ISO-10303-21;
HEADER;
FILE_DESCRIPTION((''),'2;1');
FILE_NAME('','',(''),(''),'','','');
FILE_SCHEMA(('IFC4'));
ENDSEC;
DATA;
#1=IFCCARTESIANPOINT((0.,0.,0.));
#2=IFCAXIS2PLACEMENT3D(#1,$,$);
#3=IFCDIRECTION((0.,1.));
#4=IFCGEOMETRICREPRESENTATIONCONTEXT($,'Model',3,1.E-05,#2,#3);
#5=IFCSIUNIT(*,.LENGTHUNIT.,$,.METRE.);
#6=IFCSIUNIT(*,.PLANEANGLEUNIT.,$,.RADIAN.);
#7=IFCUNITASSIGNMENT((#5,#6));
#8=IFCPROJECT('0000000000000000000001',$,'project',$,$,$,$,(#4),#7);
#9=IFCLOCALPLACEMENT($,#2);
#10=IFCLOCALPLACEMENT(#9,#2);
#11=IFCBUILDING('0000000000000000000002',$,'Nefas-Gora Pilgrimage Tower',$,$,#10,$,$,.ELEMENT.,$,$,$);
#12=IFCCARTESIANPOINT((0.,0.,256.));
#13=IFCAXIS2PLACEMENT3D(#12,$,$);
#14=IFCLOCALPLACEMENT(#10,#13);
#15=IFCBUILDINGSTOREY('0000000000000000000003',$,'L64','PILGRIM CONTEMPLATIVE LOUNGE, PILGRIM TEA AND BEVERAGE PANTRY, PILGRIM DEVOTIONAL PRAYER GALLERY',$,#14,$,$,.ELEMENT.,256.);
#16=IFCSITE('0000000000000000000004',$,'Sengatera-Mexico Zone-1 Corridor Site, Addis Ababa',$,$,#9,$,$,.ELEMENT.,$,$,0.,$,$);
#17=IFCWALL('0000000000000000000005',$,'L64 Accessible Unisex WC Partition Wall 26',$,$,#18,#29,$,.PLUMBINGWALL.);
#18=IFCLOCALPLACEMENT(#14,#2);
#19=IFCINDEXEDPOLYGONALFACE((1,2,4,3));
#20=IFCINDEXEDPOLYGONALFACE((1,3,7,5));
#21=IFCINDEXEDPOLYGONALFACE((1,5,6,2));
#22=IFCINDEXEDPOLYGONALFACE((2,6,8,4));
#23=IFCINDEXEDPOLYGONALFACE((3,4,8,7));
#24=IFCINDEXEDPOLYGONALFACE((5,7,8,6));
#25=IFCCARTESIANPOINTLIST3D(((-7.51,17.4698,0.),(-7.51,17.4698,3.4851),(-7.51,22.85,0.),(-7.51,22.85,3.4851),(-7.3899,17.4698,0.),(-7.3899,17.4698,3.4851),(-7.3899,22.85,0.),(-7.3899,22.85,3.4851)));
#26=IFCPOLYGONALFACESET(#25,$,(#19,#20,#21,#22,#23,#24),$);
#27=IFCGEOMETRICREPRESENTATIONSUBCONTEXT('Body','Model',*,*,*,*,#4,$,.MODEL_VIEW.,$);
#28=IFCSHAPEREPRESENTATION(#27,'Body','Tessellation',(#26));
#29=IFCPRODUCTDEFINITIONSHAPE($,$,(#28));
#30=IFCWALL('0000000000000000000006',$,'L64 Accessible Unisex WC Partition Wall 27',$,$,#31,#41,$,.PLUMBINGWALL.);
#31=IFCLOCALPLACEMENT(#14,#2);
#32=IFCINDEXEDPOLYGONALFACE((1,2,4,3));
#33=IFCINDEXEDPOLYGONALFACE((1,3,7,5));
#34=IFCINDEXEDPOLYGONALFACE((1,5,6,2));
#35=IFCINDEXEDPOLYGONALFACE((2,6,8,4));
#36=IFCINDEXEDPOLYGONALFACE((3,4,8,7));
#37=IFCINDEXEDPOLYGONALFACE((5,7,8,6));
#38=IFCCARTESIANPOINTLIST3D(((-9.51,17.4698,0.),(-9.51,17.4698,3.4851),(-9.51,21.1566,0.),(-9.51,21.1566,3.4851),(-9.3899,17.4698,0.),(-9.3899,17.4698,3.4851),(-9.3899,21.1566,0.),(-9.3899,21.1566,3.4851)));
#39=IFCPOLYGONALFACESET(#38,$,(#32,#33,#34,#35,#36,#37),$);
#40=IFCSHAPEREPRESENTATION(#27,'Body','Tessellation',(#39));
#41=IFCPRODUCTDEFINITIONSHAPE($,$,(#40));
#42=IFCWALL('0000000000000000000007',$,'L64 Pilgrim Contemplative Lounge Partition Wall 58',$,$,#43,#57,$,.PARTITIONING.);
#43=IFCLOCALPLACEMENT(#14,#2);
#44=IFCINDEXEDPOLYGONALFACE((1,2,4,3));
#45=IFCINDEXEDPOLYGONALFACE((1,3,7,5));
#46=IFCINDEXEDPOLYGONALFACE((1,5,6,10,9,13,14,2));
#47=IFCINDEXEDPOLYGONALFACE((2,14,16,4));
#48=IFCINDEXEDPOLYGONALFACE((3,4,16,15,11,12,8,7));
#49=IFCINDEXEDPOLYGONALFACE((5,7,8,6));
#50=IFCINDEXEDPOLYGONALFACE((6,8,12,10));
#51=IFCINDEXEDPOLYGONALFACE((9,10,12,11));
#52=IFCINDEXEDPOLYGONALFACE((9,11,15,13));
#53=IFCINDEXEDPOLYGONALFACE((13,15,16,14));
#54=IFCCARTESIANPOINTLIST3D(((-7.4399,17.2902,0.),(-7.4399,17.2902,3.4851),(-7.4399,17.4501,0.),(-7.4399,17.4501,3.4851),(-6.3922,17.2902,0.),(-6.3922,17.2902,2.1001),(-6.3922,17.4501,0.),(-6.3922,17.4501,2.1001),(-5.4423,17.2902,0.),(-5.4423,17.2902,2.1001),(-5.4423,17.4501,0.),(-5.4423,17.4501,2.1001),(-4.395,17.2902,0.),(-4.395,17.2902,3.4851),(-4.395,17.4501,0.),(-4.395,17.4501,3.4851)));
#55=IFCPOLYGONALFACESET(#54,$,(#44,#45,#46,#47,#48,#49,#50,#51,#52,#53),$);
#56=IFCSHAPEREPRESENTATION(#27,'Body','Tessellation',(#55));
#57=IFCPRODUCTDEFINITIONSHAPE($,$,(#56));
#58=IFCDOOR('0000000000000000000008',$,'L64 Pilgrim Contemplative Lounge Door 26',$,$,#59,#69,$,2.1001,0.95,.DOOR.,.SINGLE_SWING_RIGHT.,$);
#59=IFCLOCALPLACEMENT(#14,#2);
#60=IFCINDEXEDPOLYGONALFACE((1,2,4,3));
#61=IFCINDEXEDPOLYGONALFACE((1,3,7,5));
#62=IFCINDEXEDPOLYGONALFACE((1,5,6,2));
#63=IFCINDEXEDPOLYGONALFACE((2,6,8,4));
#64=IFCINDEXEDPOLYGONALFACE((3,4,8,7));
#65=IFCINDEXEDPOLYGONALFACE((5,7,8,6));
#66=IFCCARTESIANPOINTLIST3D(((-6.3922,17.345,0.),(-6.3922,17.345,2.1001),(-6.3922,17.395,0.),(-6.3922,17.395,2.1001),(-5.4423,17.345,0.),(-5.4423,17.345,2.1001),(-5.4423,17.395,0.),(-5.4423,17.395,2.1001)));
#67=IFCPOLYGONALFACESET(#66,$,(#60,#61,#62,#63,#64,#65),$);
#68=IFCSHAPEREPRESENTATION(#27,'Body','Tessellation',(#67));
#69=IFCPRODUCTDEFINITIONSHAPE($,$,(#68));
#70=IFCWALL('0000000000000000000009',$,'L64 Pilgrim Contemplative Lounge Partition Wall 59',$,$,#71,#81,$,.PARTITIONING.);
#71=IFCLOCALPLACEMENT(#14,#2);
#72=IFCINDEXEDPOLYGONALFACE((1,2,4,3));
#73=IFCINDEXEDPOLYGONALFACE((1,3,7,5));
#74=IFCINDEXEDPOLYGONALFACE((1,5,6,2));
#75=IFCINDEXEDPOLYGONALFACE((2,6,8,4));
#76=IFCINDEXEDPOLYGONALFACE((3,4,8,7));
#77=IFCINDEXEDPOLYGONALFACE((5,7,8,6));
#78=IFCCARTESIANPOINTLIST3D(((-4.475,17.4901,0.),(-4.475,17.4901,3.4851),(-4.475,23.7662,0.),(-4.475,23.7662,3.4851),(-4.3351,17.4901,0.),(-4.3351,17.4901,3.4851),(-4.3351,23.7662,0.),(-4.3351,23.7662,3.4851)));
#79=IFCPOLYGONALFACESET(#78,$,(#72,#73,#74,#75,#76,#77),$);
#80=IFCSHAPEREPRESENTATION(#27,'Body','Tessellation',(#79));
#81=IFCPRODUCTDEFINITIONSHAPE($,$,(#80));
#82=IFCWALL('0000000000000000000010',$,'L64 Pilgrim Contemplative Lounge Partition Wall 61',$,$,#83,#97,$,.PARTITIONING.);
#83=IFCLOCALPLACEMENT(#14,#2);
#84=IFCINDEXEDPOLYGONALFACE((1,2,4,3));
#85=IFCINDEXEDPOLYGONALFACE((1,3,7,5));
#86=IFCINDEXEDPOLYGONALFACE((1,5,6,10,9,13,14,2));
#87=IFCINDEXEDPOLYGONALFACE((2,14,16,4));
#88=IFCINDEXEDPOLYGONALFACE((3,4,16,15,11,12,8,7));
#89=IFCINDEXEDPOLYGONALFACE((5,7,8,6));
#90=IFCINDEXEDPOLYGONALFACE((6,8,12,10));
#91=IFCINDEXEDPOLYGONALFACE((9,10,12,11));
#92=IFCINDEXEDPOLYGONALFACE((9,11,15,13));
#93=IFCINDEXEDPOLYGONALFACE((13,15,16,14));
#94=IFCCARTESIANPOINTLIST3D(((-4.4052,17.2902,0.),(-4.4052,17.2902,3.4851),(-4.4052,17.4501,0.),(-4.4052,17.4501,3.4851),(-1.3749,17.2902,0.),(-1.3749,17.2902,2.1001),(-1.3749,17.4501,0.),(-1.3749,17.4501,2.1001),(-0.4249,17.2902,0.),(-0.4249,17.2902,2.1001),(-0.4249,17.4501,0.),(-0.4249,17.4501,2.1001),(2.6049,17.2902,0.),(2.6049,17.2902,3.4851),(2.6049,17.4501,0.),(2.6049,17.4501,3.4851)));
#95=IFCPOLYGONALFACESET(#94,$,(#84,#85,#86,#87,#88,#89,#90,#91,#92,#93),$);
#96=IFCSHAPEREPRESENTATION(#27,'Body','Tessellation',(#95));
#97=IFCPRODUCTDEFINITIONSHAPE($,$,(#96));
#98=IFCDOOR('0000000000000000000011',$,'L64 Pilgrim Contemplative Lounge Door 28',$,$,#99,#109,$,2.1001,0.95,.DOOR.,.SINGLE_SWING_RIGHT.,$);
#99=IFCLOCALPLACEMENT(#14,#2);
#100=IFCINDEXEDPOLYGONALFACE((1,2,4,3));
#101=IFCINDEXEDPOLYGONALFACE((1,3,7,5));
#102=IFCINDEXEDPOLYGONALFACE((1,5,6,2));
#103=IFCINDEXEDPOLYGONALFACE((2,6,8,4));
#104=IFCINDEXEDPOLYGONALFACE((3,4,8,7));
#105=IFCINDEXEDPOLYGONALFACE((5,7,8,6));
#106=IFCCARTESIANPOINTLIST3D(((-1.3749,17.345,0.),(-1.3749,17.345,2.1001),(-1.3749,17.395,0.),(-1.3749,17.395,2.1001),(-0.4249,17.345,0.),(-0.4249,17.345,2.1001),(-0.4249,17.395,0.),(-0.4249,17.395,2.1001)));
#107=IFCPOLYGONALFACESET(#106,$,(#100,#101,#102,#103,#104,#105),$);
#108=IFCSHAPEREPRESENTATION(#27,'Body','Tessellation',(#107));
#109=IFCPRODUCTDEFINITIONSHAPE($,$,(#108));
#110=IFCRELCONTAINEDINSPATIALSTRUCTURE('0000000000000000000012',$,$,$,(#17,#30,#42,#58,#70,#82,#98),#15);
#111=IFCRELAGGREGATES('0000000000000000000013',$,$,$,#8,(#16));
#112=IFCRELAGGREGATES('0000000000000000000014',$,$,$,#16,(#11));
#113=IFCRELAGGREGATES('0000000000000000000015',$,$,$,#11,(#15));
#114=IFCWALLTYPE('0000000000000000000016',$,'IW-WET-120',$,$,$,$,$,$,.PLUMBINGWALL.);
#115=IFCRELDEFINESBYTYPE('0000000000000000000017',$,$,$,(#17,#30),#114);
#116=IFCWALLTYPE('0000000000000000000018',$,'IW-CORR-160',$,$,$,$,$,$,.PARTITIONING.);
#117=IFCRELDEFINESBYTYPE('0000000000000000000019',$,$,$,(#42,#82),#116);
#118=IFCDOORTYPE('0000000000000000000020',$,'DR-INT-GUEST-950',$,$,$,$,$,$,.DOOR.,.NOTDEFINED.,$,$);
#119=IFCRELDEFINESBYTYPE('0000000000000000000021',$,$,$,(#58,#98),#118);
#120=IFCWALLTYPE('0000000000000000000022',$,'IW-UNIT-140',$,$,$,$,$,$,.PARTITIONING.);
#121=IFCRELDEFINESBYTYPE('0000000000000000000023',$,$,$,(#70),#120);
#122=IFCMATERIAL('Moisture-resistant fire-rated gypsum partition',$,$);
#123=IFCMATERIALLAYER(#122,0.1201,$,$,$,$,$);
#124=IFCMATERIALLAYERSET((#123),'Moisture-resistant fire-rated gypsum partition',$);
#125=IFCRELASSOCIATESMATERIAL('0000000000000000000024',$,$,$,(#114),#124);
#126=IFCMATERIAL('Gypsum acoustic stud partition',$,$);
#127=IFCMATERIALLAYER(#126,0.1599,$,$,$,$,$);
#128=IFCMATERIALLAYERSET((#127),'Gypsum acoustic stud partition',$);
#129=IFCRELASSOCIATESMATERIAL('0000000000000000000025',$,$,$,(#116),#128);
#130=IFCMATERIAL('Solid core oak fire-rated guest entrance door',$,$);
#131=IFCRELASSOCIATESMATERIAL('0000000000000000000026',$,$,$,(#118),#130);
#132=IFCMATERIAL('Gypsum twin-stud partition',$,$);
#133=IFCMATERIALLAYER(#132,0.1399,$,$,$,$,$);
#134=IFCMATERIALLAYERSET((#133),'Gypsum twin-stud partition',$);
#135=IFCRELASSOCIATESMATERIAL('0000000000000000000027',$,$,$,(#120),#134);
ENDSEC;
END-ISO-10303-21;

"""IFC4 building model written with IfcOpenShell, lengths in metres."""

from ifc_helpers import new_model, si_unit, direction, frame, frame_2d, origin, place, context, subcontext, project, spatial, rectangle, extrude, source, transform, mapped, material, layer, layer_set, type_object, element, fill, save


model = new_model("IFC4")

# Units and contexts
model_context = context("Model", 3, precision=1e-05, world=origin(), true_north=direction((0.0, 1.0)))
body_context = subcontext(model_context, "Body", "Model", "MODEL_VIEW")
ifc_project = project(units=[si_unit("LENGTHUNIT", "METRE"), si_unit("PLANEANGLEUNIT", "RADIAN")], contexts=[model_context])

# Site, building, storey
site_placement = place(None, origin())
site = spatial("IfcSite", under=ifc_project, at=site_placement, Name="Sengatera-Mexico Zone-1 Corridor Site, Addis Ababa", CompositionType="ELEMENT", RefElevation=0.0)
building_placement = place(site_placement, origin())
building = spatial("IfcBuilding", under=site, at=building_placement, Name="Nefas-Gora Pilgrimage Tower", CompositionType="ELEMENT")
storey_placement = place(building_placement, frame((0.0, 0.0, 256.0)))
storey = spatial("IfcBuildingStorey", under=building, at=storey_placement, Name="L64", Description="PILGRIM CONTEMPLATIVE LOUNGE, PILGRIM TEA AND BEVERAGE PANTRY, PILGRIM DEVOTIONAL PRAYER GALLERY", CompositionType="ELEMENT", Elevation=256.0)

# Shared definitions
ifc_material_1 = material(Name="Moisture-resistant fire-rated gypsum partition")
ifc_layer_1 = layer(ifc_material_1, 0.1201)
ifc_layer_set_1 = layer_set([ifc_layer_1], Name="Moisture-resistant fire-rated gypsum partition")
wall_type_1 = type_object("IfcWallType", Name="IW-WET-120", PredefinedType="PLUMBINGWALL", material=ifc_layer_set_1)

# Walls
shared_shape_1 = source(origin(), body_context, "Body", "SweptSolid", [
    extrude(rectangle(XDim=5.3801, YDim=0.1201, at=frame_2d((2.6899, 0.0))), origin(), (0.0, 0.0, 1.0), 3.4851),
])
wall_1_placement = place(storey_placement, frame((-7.45, 17.47, 0.0), z_axis=(0.0, 0.0, 1.0), x_axis=(0.0, 1.0, 0.0)))
element("IfcWall", 1, at=wall_1_placement, inside=storey, type_object=wall_type_1, Name="L64 Accessible Unisex WC Partition Wall 26", PredefinedType="PLUMBINGWALL", context=body_context, shape_type="MappedRepresentation", body=[
    mapped(shared_shape_1, transform((0.0, 0.0, 0.0), x_axis=(1.0, 0.0, 0.0), y_axis=(0.0, 1.0, 0.0), z_axis=(0.0, 0.0, 1.0), scale=1.0)),
])
shared_shape_2 = source(origin(), body_context, "Body", "SweptSolid", [
    extrude(rectangle(XDim=3.6868, YDim=0.1201, at=frame_2d((1.8433, 0.0))), origin(), (0.0, 0.0, 1.0), 3.4851),
])
wall_2_placement = place(storey_placement, frame((-9.45, 17.47, 0.0), z_axis=(0.0, 0.0, 1.0), x_axis=(0.0, 1.0, 0.0)))
element("IfcWall", 2, at=wall_2_placement, inside=storey, type_object=wall_type_1, Name="L64 Accessible Unisex WC Partition Wall 27", PredefinedType="PLUMBINGWALL", context=body_context, shape_type="MappedRepresentation", body=[
    mapped(shared_shape_2, transform((0.0, 0.0, 0.0), x_axis=(1.0, 0.0, 0.0), y_axis=(0.0, 1.0, 0.0), z_axis=(0.0, 0.0, 1.0), scale=1.0)),
])

# Wall, opening, door
ifc_material_2 = material(Name="Gypsum acoustic stud partition")
ifc_layer_2 = layer(ifc_material_2, 0.1599)
ifc_layer_set_2 = layer_set([ifc_layer_2], Name="Gypsum acoustic stud partition")
wall_type_2 = type_object("IfcWallType", Name="IW-CORR-160", PredefinedType="PARTITIONING", material=ifc_layer_set_2)
shared_shape_3 = source(origin(), body_context, "Body", "SweptSolid", [
    extrude(rectangle(XDim=3.0449, YDim=0.1599, at=frame_2d((1.5225, 0.0))), origin(), (0.0, 0.0, 1.0), 3.4851),
])
wall_3_placement = place(storey_placement, frame((-7.4399, 17.3701, 0.0), z_axis=(0.0, 0.0, 1.0), x_axis=(1.0, 0.0, 0.0)))
wall_3 = element("IfcWall", 3, at=wall_3_placement, inside=storey, type_object=wall_type_2, Name="L64 Pilgrim Contemplative Lounge Partition Wall 58", PredefinedType="PARTITIONING", context=body_context, shape_type="MappedRepresentation", body=[
    mapped(shared_shape_3, transform((0.0, 0.0, 0.0), x_axis=(1.0, 0.0, 0.0), y_axis=(0.0, 1.0, 0.0), z_axis=(0.0, 0.0, 1.0), scale=1.0)),
])
opening_1_placement = place(wall_3_placement, frame((1.0476, 0.0, 0.0)))
opening_1 = element("IfcOpeningElement", 4, at=opening_1_placement, cuts=wall_3, PredefinedType="OPENING", context=body_context, shape_type="SweptSolid", body=[
    extrude(rectangle(XDim=0.95, YDim=2.1001, at=frame_2d((0.4751, 1.05))), frame((0.0, 0.0898, 0.0), z_axis=(0.0, -1.0, 0.0), x_axis=(1.0, 0.0, 0.0)), (0.0, 0.0, 1.0), 0.1799),
])
ifc_material_3 = material(Name="Solid core oak fire-rated guest entrance door")
door_type_1 = type_object("IfcDoorType", Name="DR-INT-GUEST-950", OperationType="NOTDEFINED", PredefinedType="DOOR", material=ifc_material_3)
shared_shape_4 = source(origin(), body_context, "Body", "SweptSolid", [
    extrude(rectangle(XDim=0.95, YDim=2.1001, at=frame_2d((0.4751, 1.05))), frame((0.0, 0.0249, 0.0), z_axis=(0.0, -1.0, 0.0), x_axis=(1.0, 0.0, 0.0)), (0.0, 0.0, 1.0), 0.05),
])
door_1_placement = place(opening_1_placement, origin())
door_1 = element("IfcDoor", 5, at=door_1_placement, inside=storey, type_object=door_type_1, Name="L64 Pilgrim Contemplative Lounge Door 26", OperationType="SINGLE_SWING_RIGHT", OverallHeight=2.1001, OverallWidth=0.95, PredefinedType="DOOR", context=body_context, shape_type="MappedRepresentation", body=[
    mapped(shared_shape_4, transform((0.0, 0.0, 0.0), x_axis=(1.0, 0.0, 0.0), y_axis=(0.0, 1.0, 0.0), z_axis=(0.0, 0.0, 1.0), scale=1.0)),
])
fill(opening_1, door_1)

# Wall
ifc_material_4 = material(Name="Gypsum twin-stud partition")
ifc_layer_3 = layer(ifc_material_4, 0.1399)
ifc_layer_set_3 = layer_set([ifc_layer_3], Name="Gypsum twin-stud partition")
wall_type_3 = type_object("IfcWallType", Name="IW-UNIT-140", PredefinedType="PARTITIONING", material=ifc_layer_set_3)
shared_shape_5 = source(origin(), body_context, "Body", "SweptSolid", [
    extrude(rectangle(XDim=6.2761, YDim=0.1399, at=frame_2d((3.1382, 0.0))), origin(), (0.0, 0.0, 1.0), 3.4851),
])
wall_4_placement = place(storey_placement, frame((-4.405, 17.49, 0.0), z_axis=(0.0, 0.0, 1.0), x_axis=(0.0, 1.0, 0.0)))
element("IfcWall", 6, at=wall_4_placement, inside=storey, type_object=wall_type_3, Name="L64 Pilgrim Contemplative Lounge Partition Wall 59", PredefinedType="PARTITIONING", context=body_context, shape_type="MappedRepresentation", body=[
    mapped(shared_shape_5, transform((0.0, 0.0, 0.0), x_axis=(1.0, 0.0, 0.0), y_axis=(0.0, 1.0, 0.0), z_axis=(0.0, 0.0, 1.0), scale=1.0)),
])

# Wall, opening, door
shared_shape_6 = source(origin(), body_context, "Body", "SweptSolid", [
    extrude(rectangle(XDim=7.01, YDim=0.1599, at=frame_2d((3.5049, 0.0))), origin(), (0.0, 0.0, 1.0), 3.4851),
])
wall_5_placement = place(storey_placement, frame((-4.405, 17.3701, 0.0), z_axis=(0.0, 0.0, 1.0), x_axis=(1.0, 0.0, 0.0)))
wall_5 = element("IfcWall", 7, at=wall_5_placement, inside=storey, type_object=wall_type_2, Name="L64 Pilgrim Contemplative Lounge Partition Wall 61", PredefinedType="PARTITIONING", context=body_context, shape_type="MappedRepresentation", body=[
    mapped(shared_shape_6, transform((0.0, 0.0, 0.0), x_axis=(1.0, 0.0, 0.0), y_axis=(0.0, 1.0, 0.0), z_axis=(0.0, 0.0, 1.0), scale=1.0)),
])
opening_2_placement = place(wall_5_placement, frame((3.03, 0.0, 0.0)))
opening_2 = element("IfcOpeningElement", 8, at=opening_2_placement, cuts=wall_5, PredefinedType="OPENING", context=body_context, shape_type="SweptSolid", body=[
    extrude(rectangle(XDim=0.95, YDim=2.1001, at=frame_2d((0.4751, 1.05))), frame((0.0, 0.0898, 0.0), z_axis=(0.0, -1.0, 0.0), x_axis=(1.0, 0.0, 0.0)), (0.0, 0.0, 1.0), 0.1799),
])
door_2_placement = place(opening_2_placement, origin())
door_2 = element("IfcDoor", 9, at=door_2_placement, inside=storey, type_object=door_type_1, Name="L64 Pilgrim Contemplative Lounge Door 28", OperationType="SINGLE_SWING_RIGHT", OverallHeight=2.1001, OverallWidth=0.95, PredefinedType="DOOR", context=body_context, shape_type="MappedRepresentation", body=[
    mapped(shared_shape_4, transform((0.0, 0.0, 0.0), x_axis=(1.0, 0.0, 0.0), y_axis=(0.0, 1.0, 0.0), z_axis=(0.0, 0.0, 1.0), scale=1.0)),
])
fill(opening_2, door_2)

save(model, "model.ifc")
